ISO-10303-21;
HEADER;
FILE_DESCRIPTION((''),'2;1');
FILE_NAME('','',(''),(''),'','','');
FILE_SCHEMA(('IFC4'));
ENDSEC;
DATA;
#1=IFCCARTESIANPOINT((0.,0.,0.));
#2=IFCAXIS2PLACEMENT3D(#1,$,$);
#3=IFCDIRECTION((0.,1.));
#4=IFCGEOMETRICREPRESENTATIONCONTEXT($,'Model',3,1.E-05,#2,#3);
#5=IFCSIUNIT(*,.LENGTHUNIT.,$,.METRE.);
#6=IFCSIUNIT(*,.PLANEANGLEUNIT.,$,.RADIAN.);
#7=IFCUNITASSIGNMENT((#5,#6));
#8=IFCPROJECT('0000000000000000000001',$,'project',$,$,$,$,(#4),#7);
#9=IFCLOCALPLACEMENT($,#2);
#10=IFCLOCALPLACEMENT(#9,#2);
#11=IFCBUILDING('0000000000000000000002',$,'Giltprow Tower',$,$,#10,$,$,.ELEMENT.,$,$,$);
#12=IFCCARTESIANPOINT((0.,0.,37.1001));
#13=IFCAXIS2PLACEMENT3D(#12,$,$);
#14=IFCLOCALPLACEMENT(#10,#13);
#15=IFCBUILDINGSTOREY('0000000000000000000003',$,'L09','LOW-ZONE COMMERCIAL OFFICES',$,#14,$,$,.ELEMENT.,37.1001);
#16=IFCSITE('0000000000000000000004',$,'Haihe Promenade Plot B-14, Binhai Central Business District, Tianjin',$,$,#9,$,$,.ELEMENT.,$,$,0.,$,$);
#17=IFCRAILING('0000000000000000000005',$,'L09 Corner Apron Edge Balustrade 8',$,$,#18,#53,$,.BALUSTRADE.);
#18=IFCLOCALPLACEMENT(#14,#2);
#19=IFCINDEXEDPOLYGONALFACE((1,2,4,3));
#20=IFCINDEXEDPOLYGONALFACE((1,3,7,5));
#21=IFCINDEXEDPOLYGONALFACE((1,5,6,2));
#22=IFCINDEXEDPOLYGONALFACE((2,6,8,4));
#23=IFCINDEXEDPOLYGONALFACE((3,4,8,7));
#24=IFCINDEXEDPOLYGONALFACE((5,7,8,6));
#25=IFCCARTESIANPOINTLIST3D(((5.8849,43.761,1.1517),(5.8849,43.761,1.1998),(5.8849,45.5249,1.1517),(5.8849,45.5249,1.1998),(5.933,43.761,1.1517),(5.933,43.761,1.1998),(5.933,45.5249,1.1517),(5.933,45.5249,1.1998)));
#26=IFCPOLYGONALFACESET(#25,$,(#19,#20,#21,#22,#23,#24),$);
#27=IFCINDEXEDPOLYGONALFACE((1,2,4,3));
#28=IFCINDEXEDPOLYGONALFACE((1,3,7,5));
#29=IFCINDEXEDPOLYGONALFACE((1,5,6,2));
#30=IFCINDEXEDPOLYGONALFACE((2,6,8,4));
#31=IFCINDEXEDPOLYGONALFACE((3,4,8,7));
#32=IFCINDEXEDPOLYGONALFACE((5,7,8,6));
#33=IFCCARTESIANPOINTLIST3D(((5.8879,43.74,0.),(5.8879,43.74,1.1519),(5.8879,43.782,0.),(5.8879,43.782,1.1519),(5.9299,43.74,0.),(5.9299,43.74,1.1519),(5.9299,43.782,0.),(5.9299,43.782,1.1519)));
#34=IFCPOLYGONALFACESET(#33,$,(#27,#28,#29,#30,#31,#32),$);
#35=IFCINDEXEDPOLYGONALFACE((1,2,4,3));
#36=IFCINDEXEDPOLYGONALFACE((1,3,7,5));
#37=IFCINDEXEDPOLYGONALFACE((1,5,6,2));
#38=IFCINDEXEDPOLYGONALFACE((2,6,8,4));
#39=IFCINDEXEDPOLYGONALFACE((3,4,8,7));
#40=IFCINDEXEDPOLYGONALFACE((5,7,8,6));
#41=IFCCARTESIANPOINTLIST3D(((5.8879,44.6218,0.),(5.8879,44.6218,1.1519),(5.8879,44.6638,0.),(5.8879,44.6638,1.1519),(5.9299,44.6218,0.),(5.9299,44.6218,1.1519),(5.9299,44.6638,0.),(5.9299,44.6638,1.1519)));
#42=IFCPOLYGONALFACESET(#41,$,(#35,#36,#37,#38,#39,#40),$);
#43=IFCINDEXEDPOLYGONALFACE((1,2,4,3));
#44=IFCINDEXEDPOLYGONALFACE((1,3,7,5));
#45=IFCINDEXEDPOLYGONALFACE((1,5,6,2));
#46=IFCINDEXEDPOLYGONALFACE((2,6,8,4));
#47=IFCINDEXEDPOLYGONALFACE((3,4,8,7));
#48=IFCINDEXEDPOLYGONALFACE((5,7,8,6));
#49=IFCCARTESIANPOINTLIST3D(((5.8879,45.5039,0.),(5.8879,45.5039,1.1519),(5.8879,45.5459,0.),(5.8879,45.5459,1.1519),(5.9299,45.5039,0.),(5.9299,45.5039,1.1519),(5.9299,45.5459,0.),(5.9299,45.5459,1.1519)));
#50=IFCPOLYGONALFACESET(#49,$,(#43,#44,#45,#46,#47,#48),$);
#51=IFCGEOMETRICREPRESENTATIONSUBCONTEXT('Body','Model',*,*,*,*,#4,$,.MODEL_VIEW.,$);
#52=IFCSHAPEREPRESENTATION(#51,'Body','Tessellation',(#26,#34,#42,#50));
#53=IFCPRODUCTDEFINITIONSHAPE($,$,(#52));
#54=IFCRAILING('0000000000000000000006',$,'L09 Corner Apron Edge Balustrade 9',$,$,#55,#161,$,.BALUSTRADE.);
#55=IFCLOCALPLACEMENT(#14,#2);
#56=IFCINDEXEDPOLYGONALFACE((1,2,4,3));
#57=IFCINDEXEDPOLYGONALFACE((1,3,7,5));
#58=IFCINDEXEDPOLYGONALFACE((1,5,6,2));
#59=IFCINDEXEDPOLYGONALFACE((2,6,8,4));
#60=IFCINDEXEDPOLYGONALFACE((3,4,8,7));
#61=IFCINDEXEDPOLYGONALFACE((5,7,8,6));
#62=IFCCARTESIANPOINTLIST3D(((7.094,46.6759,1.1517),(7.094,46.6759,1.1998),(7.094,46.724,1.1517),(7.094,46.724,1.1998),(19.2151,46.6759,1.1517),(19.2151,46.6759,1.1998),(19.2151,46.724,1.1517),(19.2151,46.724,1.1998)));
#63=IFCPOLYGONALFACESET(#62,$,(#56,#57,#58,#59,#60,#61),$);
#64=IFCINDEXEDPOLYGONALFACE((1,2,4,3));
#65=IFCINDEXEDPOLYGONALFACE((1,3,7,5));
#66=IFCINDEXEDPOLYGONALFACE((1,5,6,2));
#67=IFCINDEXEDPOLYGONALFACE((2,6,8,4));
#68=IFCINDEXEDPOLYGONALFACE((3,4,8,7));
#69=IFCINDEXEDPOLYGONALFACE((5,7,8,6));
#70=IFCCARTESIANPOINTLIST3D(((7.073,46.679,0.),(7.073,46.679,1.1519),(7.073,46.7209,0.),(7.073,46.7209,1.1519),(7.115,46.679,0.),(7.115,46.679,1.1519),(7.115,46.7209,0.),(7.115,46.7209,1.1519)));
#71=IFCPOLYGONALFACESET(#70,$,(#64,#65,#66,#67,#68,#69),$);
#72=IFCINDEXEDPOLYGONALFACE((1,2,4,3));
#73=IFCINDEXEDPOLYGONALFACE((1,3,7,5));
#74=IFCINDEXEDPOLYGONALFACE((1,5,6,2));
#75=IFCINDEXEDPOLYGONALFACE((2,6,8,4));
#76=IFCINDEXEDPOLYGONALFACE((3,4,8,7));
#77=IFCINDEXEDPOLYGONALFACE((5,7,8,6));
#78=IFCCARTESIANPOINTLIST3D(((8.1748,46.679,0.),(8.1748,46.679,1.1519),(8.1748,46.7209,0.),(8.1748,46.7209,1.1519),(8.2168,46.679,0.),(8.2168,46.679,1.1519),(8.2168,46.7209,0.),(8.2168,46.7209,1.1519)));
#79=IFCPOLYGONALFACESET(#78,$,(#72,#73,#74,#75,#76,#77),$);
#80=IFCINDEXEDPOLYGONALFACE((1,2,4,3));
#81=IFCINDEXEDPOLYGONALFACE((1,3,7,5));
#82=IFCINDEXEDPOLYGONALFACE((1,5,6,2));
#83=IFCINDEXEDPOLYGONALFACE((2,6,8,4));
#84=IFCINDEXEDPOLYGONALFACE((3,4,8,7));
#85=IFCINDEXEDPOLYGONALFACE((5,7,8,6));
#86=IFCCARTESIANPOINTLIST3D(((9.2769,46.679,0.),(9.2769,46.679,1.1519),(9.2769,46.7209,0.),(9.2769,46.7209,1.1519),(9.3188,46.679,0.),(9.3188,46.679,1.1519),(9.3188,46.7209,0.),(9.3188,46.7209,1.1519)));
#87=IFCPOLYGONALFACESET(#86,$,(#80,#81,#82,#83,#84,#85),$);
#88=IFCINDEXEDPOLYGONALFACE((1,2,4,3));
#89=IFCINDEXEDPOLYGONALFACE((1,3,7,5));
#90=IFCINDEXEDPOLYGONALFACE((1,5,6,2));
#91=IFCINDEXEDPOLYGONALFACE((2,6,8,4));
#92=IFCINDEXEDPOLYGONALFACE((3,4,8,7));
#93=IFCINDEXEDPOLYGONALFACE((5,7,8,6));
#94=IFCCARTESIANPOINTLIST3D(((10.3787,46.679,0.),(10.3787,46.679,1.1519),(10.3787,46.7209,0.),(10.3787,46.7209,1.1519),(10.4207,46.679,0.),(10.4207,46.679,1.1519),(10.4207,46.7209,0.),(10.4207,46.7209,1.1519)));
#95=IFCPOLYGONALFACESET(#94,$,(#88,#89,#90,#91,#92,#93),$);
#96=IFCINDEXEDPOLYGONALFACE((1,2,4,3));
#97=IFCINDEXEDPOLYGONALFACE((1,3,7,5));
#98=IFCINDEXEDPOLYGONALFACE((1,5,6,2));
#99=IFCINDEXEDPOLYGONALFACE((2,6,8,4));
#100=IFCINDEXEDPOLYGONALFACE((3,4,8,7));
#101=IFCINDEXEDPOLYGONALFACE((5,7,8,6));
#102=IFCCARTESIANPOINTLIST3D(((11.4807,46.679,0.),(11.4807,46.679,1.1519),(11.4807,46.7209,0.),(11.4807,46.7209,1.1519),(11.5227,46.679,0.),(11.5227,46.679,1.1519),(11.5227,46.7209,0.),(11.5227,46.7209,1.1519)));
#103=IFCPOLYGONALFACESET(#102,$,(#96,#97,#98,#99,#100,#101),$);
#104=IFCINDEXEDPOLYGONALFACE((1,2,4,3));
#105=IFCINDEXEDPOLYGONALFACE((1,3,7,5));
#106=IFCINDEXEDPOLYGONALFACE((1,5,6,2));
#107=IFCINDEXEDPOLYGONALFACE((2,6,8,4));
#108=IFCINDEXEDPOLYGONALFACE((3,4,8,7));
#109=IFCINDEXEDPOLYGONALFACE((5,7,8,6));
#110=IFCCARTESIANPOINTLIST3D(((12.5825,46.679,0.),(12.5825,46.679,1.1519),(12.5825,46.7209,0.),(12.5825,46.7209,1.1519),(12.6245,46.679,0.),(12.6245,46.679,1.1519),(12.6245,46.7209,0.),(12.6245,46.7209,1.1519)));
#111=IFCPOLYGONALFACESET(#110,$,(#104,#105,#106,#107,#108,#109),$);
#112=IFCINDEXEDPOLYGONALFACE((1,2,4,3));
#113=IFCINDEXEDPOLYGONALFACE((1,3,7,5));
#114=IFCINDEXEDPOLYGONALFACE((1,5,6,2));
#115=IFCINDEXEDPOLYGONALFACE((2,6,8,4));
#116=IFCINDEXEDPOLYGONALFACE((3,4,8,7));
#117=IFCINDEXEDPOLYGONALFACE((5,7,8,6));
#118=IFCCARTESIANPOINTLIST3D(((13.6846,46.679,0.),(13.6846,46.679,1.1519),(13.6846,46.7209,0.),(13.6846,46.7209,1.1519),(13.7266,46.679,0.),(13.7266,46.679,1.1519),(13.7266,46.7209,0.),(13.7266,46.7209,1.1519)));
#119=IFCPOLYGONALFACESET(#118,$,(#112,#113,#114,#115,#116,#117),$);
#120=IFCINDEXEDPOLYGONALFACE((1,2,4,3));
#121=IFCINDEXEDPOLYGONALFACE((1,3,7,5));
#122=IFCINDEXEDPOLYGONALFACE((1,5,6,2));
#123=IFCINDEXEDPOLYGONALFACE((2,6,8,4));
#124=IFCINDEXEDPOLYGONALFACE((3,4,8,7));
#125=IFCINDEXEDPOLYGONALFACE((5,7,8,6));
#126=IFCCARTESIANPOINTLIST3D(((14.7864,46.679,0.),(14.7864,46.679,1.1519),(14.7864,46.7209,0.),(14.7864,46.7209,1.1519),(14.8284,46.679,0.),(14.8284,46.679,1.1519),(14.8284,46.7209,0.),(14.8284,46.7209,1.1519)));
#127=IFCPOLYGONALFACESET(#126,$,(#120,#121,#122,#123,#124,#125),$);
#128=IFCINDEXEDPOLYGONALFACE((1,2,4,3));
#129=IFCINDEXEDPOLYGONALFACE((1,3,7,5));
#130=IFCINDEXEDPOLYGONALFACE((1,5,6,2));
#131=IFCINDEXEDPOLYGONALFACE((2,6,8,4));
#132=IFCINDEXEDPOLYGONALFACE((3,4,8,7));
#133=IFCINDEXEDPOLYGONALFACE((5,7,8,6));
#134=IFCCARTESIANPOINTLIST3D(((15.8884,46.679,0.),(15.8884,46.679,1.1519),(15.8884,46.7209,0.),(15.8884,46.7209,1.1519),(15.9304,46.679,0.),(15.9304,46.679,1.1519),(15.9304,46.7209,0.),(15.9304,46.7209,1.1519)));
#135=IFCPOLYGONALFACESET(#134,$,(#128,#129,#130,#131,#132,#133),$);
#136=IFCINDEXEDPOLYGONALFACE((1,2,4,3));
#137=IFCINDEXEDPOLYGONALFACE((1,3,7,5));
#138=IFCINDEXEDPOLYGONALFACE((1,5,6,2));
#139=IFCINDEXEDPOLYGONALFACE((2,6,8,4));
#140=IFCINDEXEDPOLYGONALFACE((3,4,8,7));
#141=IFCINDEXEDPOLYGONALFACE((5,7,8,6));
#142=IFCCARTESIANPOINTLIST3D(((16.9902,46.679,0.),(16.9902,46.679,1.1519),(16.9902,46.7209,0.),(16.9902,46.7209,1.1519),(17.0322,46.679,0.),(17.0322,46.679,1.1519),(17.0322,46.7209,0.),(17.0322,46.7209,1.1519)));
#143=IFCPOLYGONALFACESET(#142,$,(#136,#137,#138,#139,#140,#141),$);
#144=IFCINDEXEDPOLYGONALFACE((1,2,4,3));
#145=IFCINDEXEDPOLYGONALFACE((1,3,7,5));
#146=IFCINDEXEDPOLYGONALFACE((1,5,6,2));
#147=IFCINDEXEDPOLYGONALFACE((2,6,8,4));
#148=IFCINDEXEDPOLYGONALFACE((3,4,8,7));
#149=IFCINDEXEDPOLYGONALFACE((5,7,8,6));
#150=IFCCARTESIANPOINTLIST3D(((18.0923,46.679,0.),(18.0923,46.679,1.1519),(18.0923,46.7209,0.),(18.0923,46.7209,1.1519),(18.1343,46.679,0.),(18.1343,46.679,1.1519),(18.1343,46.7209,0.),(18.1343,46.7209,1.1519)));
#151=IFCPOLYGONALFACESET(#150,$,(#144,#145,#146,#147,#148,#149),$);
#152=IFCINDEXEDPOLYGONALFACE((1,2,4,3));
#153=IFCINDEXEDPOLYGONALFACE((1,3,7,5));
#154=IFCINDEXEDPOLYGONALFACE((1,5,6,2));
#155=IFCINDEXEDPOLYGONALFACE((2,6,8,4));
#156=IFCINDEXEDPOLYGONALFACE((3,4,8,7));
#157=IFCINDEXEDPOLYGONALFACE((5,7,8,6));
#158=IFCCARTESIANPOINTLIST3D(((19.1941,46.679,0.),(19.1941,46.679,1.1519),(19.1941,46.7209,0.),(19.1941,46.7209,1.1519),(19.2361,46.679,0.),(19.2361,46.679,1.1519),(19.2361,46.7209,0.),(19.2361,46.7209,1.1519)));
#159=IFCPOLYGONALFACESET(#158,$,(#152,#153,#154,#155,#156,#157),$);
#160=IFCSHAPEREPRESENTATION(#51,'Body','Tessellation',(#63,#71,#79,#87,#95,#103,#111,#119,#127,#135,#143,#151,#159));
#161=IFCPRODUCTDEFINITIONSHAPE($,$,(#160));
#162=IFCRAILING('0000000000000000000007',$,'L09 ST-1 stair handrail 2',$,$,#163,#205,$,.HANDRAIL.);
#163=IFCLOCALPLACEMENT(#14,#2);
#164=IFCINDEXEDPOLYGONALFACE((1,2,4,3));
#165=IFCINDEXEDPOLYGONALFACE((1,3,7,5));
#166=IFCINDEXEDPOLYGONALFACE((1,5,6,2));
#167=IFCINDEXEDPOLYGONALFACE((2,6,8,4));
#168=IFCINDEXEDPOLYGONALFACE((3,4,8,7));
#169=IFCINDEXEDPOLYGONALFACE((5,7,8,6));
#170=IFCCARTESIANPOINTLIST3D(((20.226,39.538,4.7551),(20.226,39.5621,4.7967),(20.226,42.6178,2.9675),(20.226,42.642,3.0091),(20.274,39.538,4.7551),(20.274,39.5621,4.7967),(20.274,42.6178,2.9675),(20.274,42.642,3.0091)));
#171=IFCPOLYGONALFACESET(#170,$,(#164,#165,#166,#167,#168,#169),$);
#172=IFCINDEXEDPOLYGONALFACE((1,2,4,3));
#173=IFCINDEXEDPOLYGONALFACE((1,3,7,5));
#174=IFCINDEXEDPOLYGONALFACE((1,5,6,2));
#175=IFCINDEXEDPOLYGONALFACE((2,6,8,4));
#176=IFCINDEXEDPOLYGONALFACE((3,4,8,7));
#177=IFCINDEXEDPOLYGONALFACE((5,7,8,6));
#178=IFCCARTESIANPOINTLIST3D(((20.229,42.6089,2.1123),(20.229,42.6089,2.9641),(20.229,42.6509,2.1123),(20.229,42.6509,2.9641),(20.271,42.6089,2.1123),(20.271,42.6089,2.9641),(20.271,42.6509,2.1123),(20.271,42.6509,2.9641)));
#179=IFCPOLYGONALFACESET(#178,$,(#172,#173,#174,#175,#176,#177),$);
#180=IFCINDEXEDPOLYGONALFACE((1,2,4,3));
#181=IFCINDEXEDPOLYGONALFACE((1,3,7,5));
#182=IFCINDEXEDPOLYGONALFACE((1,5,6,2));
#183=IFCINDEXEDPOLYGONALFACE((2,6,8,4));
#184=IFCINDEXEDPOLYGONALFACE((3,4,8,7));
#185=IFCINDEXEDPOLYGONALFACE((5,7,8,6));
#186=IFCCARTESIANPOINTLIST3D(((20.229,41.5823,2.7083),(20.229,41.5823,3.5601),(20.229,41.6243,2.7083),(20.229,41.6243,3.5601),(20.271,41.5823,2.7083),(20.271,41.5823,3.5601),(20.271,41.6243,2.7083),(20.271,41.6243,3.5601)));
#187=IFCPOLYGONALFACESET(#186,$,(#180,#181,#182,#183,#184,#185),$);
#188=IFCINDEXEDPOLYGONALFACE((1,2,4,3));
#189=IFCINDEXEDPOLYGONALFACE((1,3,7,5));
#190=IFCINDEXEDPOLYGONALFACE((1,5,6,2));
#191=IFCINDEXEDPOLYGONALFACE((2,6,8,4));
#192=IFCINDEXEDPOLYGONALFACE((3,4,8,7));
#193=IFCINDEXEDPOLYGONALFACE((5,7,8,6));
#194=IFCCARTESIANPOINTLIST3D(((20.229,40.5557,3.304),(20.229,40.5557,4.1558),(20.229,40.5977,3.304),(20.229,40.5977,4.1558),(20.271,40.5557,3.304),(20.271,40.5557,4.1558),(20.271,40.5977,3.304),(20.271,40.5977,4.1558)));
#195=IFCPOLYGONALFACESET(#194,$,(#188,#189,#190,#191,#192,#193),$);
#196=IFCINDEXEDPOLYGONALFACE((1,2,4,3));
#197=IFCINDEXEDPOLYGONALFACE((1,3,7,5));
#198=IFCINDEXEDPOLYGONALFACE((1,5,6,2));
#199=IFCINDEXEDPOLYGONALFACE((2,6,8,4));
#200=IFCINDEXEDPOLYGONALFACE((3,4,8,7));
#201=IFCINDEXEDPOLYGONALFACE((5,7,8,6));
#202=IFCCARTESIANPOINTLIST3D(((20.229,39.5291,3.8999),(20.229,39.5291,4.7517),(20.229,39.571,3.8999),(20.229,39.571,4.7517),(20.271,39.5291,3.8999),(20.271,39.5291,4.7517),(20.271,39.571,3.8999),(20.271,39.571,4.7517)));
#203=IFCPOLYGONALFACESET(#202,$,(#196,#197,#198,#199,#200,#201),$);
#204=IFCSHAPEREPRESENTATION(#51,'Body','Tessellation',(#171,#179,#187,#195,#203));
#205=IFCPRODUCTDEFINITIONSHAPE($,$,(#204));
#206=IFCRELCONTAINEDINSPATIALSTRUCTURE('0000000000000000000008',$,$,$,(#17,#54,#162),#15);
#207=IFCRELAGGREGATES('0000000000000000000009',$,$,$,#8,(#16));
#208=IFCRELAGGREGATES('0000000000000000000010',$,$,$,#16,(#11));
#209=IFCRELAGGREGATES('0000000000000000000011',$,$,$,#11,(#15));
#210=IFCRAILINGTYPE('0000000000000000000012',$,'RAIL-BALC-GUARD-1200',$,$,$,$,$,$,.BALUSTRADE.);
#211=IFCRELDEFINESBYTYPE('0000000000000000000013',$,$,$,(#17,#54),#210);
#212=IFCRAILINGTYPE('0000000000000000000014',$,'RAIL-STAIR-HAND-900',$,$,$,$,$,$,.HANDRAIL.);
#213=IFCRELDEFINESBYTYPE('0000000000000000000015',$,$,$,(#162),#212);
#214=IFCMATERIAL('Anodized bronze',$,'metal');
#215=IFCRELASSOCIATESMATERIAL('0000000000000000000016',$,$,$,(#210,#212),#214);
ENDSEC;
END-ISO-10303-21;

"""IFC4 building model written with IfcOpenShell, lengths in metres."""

from ifc_helpers import new_model, si_unit, direction, frame, origin, origin_2d, place, context, subcontext, project, spatial, rectangle, extrude, material, type_object, element, save


model = new_model("IFC4")

# Units and contexts
model_context = context("Model", 3, precision=1e-05, world=origin(), true_north=direction((0.0, 1.0)))
body_context = subcontext(model_context, "Body", "Model", "MODEL_VIEW")
ifc_project = project(units=[si_unit("LENGTHUNIT", "METRE"), si_unit("PLANEANGLEUNIT", "RADIAN")], contexts=[model_context])

# Site, building, storey
site_placement = place(None, origin())
site = spatial("IfcSite", under=ifc_project, at=site_placement, Name="Haihe Promenade Plot B-14, Binhai Central Business District, Tianjin", CompositionType="ELEMENT", RefElevation=0.0)
building_placement = place(site_placement, origin())
building = spatial("IfcBuilding", under=site, at=building_placement, Name="Giltprow Tower", CompositionType="ELEMENT")
storey_placement = place(building_placement, frame((0.0, 0.0, 37.1001)))
storey = spatial("IfcBuildingStorey", under=building, at=storey_placement, Name="L09", Description="LOW-ZONE COMMERCIAL OFFICES", CompositionType="ELEMENT", Elevation=37.1001)

# Railings
ifc_material_1 = material(Name="Anodized bronze", Category="metal")
railing_type_1 = type_object("IfcRailingType", Name="RAIL-BALC-GUARD-1200", PredefinedType="BALUSTRADE", material=ifc_material_1)
railing_1_placement = place(storey_placement, frame((5.9089, 43.761, 0.0)))
element("IfcRailing", 1, at=railing_1_placement, inside=storey, type_object=railing_type_1, Name="L09 Corner Apron Edge Balustrade 8", PredefinedType="BALUSTRADE", context=body_context, shape_type="SweptSolid", body=[
    extrude(rectangle(XDim=0.0481, YDim=0.0481, at=origin_2d()), frame((0.0, 0.0, 1.1758), z_axis=(0.0, 1.0, 0.0), x_axis=(-1.0, 0.0, 0.0)), (0.0, 0.0, 1.0), 1.7639),
    extrude(rectangle(XDim=0.042, YDim=0.042, at=origin_2d()), origin(), (0.0, 0.0, 1.0), 1.1519),
    extrude(rectangle(XDim=0.042, YDim=0.042, at=origin_2d()), frame((0.0, 0.8818, 0.0)), (0.0, 0.0, 1.0), 1.1519),
    extrude(rectangle(XDim=0.042, YDim=0.042, at=origin_2d()), frame((0.0, 1.7639, 0.0)), (0.0, 0.0, 1.0), 1.1519),
])
railing_2_placement = place(storey_placement, frame((7.094, 46.7, 0.0)))
element("IfcRailing", 2, at=railing_2_placement, inside=storey, type_object=railing_type_1, Name="L09 Corner Apron Edge Balustrade 9", PredefinedType="BALUSTRADE", context=body_context, shape_type="SweptSolid", body=[
    extrude(rectangle(XDim=0.0481, YDim=0.0481, at=origin_2d()), frame((0.0, 0.0, 1.1758), z_axis=(1.0, 0.0, 0.0), x_axis=(0.0, 1.0, 0.0)), (0.0, 0.0, 1.0), 12.1211),
    extrude(rectangle(XDim=0.042, YDim=0.042, at=origin_2d()), origin(), (0.0, 0.0, 1.0), 1.1519),
    extrude(rectangle(XDim=0.042, YDim=0.042, at=origin_2d()), frame((1.1018, 0.0, 0.0)), (0.0, 0.0, 1.0), 1.1519),
    extrude(rectangle(XDim=0.042, YDim=0.042, at=origin_2d()), frame((2.2039, 0.0, 0.0)), (0.0, 0.0, 1.0), 1.1519),
    extrude(rectangle(XDim=0.042, YDim=0.042, at=origin_2d()), frame((3.3057, 0.0, 0.0)), (0.0, 0.0, 1.0), 1.1519),
    extrude(rectangle(XDim=0.042, YDim=0.042, at=origin_2d()), frame((4.4077, 0.0, 0.0)), (0.0, 0.0, 1.0), 1.1519),
    extrude(rectangle(XDim=0.042, YDim=0.042, at=origin_2d()), frame((5.5095, 0.0, 0.0)), (0.0, 0.0, 1.0), 1.1519),
    extrude(rectangle(XDim=0.042, YDim=0.042, at=origin_2d()), frame((6.6116, 0.0, 0.0)), (0.0, 0.0, 1.0), 1.1519),
    extrude(rectangle(XDim=0.042, YDim=0.042, at=origin_2d()), frame((7.7134, 0.0, 0.0)), (0.0, 0.0, 1.0), 1.1519),
    extrude(rectangle(XDim=0.042, YDim=0.042, at=origin_2d()), frame((8.8154, 0.0, 0.0)), (0.0, 0.0, 1.0), 1.1519),
    extrude(rectangle(XDim=0.042, YDim=0.042, at=origin_2d()), frame((9.9172, 0.0, 0.0)), (0.0, 0.0, 1.0), 1.1519),
    extrude(rectangle(XDim=0.042, YDim=0.042, at=origin_2d()), frame((11.0193, 0.0, 0.0)), (0.0, 0.0, 1.0), 1.1519),
    extrude(rectangle(XDim=0.042, YDim=0.042, at=origin_2d()), frame((12.1211, 0.0, 0.0)), (0.0, 0.0, 1.0), 1.1519),
])
railing_type_2 = type_object("IfcRailingType", Name="RAIL-STAIR-HAND-900", PredefinedType="HANDRAIL", material=ifc_material_1)
railing_3_placement = place(storey_placement, frame((20.25, 42.6299, 2.1123)))
element("IfcRailing", 3, at=railing_3_placement, inside=storey, type_object=railing_type_2, Name="L09 ST-1 stair handrail 2", PredefinedType="HANDRAIL", context=body_context, shape_type="SweptSolid", body=[
    extrude(rectangle(XDim=0.0481, YDim=0.0481, at=origin_2d()), frame((0.0, 0.0, 0.876), z_axis=(0.0, -0.864873, 0.50199), x_axis=(1.0, 0.0, 0.0)), (0.0, 0.0, 1.0), 3.561),
    extrude(rectangle(XDim=0.042, YDim=0.042, at=origin_2d()), origin(), (0.0, 0.0, 1.0), 0.8518),
    extrude(rectangle(XDim=0.042, YDim=0.042, at=origin_2d()), frame((0.0, -1.0266, 0.5959)), (0.0, 0.0, 1.0), 0.8518),
    extrude(rectangle(XDim=0.042, YDim=0.042, at=origin_2d()), frame((0.0, -2.0532, 1.1917)), (0.0, 0.0, 1.0), 0.8518),
    extrude(rectangle(XDim=0.042, YDim=0.042, at=origin_2d()), frame((0.0, -3.0798, 1.7876)), (0.0, 0.0, 1.0), 0.8518),
])

save(model, "model.ifc")
